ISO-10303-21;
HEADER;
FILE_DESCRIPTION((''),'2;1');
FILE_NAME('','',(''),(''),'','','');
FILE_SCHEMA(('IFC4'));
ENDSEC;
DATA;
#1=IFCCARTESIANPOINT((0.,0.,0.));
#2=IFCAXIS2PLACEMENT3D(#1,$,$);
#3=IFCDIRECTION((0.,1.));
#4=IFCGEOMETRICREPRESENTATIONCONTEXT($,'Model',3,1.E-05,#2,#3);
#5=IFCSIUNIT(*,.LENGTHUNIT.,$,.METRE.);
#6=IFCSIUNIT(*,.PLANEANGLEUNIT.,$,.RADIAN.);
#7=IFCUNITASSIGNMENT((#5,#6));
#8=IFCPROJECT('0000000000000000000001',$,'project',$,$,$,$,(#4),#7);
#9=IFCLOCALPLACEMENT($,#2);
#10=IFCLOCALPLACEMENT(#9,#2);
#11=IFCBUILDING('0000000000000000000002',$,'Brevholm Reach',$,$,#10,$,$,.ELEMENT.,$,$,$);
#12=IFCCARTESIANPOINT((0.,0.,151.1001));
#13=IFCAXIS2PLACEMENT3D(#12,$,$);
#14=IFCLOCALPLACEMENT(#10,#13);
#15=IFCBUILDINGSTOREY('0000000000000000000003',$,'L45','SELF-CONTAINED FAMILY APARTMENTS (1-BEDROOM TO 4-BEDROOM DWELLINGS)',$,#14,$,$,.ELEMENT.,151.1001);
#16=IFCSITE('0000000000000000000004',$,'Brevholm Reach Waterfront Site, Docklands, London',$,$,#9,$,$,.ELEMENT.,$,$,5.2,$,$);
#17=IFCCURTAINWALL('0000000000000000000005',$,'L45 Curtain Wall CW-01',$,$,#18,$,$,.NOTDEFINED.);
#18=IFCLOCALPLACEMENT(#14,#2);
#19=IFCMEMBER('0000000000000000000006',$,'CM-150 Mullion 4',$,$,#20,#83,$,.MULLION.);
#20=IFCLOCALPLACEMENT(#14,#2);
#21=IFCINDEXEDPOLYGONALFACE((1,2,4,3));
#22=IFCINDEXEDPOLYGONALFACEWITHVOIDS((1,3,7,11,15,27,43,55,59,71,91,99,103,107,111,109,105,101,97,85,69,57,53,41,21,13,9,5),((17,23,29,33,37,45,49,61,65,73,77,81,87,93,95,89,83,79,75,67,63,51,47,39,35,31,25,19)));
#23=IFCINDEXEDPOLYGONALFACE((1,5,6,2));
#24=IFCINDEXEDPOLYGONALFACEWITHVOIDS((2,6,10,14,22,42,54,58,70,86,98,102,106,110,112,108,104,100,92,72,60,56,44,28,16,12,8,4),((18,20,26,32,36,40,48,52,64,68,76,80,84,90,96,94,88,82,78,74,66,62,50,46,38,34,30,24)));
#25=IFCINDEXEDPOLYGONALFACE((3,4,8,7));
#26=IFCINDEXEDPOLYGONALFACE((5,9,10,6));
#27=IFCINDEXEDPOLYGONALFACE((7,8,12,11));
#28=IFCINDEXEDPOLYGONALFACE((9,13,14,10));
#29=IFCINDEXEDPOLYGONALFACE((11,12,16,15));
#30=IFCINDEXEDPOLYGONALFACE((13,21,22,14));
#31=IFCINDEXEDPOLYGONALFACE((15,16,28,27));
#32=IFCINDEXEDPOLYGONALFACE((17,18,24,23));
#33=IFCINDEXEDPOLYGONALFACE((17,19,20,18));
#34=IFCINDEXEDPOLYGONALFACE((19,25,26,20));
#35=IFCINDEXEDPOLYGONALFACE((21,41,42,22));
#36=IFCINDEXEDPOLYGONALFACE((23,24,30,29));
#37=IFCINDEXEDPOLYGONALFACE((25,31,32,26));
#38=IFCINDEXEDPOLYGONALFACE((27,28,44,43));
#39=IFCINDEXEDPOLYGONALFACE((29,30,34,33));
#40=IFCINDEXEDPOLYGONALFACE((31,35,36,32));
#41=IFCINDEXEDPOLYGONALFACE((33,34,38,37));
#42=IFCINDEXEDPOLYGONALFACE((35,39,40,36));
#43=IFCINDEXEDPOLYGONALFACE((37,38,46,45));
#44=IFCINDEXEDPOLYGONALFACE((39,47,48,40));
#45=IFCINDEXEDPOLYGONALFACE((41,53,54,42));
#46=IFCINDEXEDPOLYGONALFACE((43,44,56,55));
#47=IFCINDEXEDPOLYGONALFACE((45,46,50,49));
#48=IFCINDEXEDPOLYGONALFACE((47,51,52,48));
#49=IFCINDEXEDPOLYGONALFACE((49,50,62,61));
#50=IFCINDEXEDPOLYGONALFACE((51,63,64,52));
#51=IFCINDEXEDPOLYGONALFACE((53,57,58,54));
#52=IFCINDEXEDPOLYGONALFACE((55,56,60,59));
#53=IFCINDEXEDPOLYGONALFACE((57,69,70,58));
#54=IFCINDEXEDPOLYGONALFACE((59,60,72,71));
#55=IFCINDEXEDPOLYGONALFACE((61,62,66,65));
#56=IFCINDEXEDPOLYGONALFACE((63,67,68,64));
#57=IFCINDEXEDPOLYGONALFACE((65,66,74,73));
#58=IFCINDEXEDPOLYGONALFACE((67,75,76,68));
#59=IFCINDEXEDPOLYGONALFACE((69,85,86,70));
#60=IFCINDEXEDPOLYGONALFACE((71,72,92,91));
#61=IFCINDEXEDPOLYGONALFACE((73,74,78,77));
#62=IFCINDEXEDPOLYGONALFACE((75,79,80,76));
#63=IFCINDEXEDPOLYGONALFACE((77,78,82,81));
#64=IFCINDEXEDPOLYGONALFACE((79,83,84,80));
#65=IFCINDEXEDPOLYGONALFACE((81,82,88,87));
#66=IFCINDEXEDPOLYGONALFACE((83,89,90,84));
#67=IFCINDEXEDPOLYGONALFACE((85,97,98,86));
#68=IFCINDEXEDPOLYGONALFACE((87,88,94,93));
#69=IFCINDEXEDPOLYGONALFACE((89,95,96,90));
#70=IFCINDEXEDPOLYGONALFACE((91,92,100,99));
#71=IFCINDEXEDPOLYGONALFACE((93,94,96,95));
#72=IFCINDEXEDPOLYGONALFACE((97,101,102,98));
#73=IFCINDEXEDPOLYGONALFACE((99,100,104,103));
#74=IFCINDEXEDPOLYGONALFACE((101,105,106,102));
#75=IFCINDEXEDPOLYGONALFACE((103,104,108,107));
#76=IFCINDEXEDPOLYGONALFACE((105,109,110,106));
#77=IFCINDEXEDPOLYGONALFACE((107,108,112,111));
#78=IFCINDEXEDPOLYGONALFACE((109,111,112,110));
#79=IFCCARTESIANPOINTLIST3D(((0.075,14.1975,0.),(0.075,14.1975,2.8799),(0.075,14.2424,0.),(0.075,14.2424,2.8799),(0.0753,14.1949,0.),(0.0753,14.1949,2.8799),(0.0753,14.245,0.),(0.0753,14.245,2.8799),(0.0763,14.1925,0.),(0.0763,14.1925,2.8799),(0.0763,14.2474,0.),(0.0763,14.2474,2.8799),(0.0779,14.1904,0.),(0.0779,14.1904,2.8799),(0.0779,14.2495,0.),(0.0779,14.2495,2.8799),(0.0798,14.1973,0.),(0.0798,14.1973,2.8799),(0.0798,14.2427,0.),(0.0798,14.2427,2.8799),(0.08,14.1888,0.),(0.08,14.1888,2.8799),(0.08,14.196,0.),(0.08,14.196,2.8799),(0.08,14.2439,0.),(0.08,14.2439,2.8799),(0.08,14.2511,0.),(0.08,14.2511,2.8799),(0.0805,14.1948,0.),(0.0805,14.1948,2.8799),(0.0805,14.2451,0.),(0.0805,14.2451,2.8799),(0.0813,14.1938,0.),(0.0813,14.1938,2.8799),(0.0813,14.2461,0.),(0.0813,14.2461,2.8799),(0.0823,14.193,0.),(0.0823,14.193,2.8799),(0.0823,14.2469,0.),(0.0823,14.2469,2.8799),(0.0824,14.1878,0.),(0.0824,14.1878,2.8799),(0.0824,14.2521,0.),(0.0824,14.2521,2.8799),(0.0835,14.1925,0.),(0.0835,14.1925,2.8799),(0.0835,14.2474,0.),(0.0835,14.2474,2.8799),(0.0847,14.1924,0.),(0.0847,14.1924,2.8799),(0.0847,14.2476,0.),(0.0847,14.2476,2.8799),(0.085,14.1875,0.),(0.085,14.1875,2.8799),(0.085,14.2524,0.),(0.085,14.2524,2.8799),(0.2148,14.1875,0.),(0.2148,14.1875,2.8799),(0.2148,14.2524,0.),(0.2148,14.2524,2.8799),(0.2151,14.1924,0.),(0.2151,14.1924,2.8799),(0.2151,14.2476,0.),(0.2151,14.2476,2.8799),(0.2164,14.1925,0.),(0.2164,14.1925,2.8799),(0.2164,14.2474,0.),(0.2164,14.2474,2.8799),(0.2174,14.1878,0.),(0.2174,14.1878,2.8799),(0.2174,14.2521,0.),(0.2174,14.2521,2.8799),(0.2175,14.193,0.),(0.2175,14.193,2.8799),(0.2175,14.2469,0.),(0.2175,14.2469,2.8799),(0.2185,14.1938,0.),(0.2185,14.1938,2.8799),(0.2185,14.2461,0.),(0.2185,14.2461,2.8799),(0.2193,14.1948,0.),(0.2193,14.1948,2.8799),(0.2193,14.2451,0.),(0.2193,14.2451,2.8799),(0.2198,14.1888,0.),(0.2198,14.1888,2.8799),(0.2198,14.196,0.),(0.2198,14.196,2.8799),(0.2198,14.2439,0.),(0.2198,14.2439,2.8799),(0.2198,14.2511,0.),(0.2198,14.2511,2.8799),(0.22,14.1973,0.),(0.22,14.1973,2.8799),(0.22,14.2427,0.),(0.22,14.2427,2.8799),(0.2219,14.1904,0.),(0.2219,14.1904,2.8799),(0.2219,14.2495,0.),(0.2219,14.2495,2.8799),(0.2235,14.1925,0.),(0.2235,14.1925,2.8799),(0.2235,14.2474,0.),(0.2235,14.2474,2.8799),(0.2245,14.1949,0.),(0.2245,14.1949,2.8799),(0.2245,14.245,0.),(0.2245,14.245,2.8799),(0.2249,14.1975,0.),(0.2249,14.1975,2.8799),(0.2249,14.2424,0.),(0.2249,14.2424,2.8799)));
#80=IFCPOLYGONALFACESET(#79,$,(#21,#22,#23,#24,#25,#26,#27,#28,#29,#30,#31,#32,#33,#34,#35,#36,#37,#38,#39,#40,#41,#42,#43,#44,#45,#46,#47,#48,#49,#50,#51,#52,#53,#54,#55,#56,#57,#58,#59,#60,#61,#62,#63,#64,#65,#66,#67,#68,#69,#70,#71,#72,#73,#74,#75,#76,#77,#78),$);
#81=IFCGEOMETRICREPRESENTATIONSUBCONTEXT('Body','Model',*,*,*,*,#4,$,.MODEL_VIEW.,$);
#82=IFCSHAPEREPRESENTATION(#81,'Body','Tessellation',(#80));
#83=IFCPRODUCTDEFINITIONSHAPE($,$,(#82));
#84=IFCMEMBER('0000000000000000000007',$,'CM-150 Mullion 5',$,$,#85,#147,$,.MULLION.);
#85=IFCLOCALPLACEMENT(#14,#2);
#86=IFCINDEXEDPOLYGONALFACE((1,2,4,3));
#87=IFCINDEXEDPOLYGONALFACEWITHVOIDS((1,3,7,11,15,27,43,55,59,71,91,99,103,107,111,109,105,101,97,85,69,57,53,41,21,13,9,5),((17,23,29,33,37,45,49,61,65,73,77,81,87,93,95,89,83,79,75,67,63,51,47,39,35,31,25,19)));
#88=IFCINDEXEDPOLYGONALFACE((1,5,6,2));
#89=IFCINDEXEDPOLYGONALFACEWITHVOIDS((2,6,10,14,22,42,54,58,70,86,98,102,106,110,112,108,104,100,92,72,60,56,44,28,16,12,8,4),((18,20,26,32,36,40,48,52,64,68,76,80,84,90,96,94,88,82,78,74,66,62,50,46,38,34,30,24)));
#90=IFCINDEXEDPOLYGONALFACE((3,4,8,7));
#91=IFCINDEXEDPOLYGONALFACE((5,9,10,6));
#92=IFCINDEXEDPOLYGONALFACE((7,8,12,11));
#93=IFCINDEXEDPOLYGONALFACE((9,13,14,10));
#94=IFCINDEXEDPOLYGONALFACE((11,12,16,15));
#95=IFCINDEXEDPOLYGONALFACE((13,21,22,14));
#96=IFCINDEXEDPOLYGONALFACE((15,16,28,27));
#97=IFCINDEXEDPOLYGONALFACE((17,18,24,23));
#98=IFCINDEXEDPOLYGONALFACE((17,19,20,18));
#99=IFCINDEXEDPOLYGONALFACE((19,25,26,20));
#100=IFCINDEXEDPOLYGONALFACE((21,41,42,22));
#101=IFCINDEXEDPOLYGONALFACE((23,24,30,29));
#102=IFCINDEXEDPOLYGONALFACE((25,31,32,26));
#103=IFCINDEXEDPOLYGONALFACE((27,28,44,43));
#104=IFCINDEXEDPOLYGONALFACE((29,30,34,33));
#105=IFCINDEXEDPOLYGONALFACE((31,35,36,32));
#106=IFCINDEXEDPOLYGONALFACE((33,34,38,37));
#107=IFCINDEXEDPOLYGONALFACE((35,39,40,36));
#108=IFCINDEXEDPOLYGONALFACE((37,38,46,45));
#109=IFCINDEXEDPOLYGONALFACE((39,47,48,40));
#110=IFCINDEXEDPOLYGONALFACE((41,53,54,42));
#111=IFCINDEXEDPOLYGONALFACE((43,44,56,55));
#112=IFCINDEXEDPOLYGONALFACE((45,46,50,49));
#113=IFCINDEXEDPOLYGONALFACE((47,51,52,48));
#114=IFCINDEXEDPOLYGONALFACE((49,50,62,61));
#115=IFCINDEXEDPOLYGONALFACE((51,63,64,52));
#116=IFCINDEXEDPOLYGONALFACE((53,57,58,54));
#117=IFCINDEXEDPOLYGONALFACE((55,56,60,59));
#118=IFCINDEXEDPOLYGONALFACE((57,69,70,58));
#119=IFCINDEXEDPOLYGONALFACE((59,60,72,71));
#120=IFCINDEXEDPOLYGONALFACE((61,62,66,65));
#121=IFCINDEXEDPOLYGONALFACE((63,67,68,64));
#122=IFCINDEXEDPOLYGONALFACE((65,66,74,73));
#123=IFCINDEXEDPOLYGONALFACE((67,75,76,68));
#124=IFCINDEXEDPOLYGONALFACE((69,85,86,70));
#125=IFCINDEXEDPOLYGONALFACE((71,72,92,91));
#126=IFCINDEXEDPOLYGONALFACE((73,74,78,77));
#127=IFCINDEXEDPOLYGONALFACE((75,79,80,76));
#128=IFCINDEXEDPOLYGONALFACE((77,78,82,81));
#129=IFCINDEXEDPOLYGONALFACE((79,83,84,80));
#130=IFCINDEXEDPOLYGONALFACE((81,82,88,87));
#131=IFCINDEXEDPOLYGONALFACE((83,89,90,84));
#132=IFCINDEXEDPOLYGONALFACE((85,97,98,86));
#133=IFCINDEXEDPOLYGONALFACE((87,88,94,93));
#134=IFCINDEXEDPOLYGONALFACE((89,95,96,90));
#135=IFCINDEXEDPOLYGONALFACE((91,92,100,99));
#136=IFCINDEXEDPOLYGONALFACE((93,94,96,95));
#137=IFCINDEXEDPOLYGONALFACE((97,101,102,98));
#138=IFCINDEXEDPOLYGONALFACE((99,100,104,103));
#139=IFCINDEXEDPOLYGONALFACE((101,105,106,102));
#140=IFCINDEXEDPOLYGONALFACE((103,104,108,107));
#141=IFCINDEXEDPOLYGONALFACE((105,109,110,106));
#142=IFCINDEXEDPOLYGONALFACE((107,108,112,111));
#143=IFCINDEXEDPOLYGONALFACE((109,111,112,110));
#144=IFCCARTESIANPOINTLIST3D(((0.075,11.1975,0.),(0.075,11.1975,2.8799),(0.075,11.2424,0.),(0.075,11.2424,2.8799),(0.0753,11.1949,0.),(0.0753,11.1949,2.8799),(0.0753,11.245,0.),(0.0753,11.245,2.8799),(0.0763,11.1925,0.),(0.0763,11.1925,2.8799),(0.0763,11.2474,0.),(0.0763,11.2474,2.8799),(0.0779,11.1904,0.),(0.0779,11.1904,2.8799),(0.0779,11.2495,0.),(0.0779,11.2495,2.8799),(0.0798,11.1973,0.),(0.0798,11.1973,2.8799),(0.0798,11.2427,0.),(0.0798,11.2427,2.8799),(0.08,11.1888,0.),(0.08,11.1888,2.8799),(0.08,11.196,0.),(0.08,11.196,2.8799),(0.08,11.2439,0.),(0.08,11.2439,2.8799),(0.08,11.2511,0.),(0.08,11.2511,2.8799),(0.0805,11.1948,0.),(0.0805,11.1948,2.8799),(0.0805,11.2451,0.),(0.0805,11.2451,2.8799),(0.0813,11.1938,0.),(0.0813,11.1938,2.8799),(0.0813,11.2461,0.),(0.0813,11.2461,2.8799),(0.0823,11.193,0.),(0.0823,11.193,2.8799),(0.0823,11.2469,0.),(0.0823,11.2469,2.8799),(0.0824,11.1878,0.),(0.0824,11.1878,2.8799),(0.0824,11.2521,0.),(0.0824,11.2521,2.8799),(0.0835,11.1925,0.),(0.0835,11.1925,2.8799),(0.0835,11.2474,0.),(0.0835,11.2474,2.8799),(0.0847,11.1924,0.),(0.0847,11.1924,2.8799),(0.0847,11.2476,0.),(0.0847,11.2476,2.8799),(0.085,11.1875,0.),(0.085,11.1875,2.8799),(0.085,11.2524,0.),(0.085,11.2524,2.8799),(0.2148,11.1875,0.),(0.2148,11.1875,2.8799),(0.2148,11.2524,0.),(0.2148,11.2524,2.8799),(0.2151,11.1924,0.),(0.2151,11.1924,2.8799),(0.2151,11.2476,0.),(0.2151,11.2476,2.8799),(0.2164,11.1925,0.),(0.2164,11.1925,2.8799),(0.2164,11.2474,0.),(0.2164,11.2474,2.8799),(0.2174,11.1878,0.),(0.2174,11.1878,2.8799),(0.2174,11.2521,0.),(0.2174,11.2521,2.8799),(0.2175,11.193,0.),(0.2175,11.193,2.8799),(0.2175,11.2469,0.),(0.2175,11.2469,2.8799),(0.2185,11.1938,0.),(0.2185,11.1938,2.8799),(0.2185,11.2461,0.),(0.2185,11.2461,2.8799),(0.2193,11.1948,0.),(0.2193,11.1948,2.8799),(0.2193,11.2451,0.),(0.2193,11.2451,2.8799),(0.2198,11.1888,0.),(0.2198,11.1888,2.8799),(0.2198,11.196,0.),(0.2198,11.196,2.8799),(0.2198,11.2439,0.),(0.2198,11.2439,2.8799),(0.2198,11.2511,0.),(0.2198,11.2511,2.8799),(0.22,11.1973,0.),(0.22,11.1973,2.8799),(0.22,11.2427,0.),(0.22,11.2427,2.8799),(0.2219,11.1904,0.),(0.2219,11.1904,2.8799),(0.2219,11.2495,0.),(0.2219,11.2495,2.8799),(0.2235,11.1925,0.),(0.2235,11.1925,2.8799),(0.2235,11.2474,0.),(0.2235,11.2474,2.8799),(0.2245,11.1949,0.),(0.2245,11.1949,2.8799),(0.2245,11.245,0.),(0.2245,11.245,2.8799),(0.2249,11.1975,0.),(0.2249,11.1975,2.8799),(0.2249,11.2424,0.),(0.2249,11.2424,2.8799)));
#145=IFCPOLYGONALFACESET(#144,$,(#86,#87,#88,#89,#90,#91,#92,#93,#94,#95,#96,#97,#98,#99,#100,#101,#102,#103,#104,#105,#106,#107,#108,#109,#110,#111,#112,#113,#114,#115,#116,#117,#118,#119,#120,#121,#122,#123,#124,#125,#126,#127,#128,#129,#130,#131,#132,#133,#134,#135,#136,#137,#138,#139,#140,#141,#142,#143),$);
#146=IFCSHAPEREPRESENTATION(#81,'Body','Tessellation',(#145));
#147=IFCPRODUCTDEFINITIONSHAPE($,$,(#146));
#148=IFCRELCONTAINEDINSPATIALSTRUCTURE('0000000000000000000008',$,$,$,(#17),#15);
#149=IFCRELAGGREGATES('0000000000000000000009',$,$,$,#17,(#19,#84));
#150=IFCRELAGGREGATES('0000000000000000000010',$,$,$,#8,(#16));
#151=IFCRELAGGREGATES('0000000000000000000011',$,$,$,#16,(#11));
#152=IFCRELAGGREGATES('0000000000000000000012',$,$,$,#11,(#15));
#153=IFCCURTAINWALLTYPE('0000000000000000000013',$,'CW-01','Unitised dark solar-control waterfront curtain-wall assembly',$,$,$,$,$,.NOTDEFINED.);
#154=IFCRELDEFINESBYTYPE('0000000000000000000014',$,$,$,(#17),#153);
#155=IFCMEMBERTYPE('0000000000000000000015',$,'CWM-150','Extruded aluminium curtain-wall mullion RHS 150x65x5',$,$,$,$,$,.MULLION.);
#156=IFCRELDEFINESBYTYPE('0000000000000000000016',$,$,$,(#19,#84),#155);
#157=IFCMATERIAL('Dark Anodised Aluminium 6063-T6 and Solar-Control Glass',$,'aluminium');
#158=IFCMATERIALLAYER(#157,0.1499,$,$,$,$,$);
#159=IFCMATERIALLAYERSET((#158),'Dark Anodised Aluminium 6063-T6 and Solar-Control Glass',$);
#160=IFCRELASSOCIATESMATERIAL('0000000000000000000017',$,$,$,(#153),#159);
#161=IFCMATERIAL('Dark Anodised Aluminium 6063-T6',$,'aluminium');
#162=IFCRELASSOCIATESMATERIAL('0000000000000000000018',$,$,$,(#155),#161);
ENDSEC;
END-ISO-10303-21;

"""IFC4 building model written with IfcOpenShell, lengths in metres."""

from ifc_helpers import new_model, si_unit, direction, frame, origin, origin_2d, place, context, subcontext, project, spatial, hollow_rectangle, extrude, material, layer, layer_set, material_profile, profile_set, type_object, element, aggregate, save


model = new_model("IFC4")

# Units and contexts
model_context = context("Model", 3, precision=1e-05, world=origin(), true_north=direction((0.0, 1.0)))
body_context = subcontext(model_context, "Body", "Model", "MODEL_VIEW")
ifc_project = project(units=[si_unit("LENGTHUNIT", "METRE"), si_unit("PLANEANGLEUNIT", "RADIAN")], contexts=[model_context])

# Site, building, storey
site_placement = place(None, origin())
site = spatial("IfcSite", under=ifc_project, at=site_placement, Name="Brevholm Reach Waterfront Site, Docklands, London", CompositionType="ELEMENT", RefElevation=5.2)
building_placement = place(site_placement, origin())
building = spatial("IfcBuilding", under=site, at=building_placement, Name="Brevholm Reach", CompositionType="ELEMENT")
storey_placement = place(building_placement, frame((0.0, 0.0, 151.1001)))
storey = spatial("IfcBuildingStorey", under=building, at=storey_placement, Name="L45", Description="SELF-CONTAINED FAMILY APARTMENTS (1-BEDROOM TO 4-BEDROOM DWELLINGS)", CompositionType="ELEMENT", Elevation=151.1001)

# Curtain wall, members
ifc_material_1 = material(Name="Dark Anodised Aluminium 6063-T6 and Solar-Control Glass", Category="aluminium")
ifc_layer_1 = layer(ifc_material_1, 0.1499)
ifc_layer_set_1 = layer_set([ifc_layer_1], Name="Dark Anodised Aluminium 6063-T6 and Solar-Control Glass")
curtain_wall_type = type_object("IfcCurtainWallType", Name="CW-01", Description="Unitised dark solar-control waterfront curtain-wall assembly", PredefinedType="NOTDEFINED", material=ifc_layer_set_1)
curtain_wall_placement = place(storey_placement, origin())
curtain_wall = element("IfcCurtainWall", 1, at=curtain_wall_placement, inside=storey, type_object=curtain_wall_type, Name="L45 Curtain Wall CW-01", PredefinedType="NOTDEFINED")
ifc_material_2 = material(Name="Dark Anodised Aluminium 6063-T6", Category="aluminium")
ifc_material_profile_1 = material_profile(ifc_material_2, hollow_rectangle(XDim=0.0649, YDim=0.1499, WallThickness=0.0049, InnerFilletRadius=0.0049, OuterFilletRadius=0.01, at=origin_2d()), Name="RHS 150x65x5")
ifc_profile_set_1 = profile_set([ifc_material_profile_1], Name="Dark Anodised Aluminium 6063-T6")
member_type_1 = type_object("IfcMemberType", Name="CWM-150", Description="Extruded aluminium curtain-wall mullion RHS 150x65x5", PredefinedType="MULLION", material=ifc_profile_set_1)
member_1_placement = place(storey_placement, frame((0.1499, 14.22, 0.0), z_axis=(0.0, 0.0, 1.0), x_axis=(0.0, -1.0, 0.0)))
member_1 = element("IfcMember", 2, at=member_1_placement, type_object=member_type_1, Name="CM-150 Mullion 4", PredefinedType="MULLION", context=body_context, shape_type="SweptSolid", body=[
    extrude(hollow_rectangle(XDim=0.0649, YDim=0.1499, WallThickness=0.0049, InnerFilletRadius=0.0049, OuterFilletRadius=0.01, at=origin_2d()), origin(), (0.0, 0.0, 1.0), 2.8799),
])
member_2_placement = place(storey_placement, frame((0.1499, 11.22, 0.0), z_axis=(0.0, 0.0, 1.0), x_axis=(0.0, -1.0, 0.0)))
member_2 = element("IfcMember", 3, at=member_2_placement, type_object=member_type_1, Name="CM-150 Mullion 5", PredefinedType="MULLION", context=body_context, shape_type="SweptSolid", body=[
    extrude(hollow_rectangle(XDim=0.0649, YDim=0.1499, WallThickness=0.0049, InnerFilletRadius=0.0049, OuterFilletRadius=0.01, at=origin_2d()), origin(), (0.0, 0.0, 1.0), 2.8799),
])
aggregate(curtain_wall, [member_1, member_2])

save(model, "model.ifc")
